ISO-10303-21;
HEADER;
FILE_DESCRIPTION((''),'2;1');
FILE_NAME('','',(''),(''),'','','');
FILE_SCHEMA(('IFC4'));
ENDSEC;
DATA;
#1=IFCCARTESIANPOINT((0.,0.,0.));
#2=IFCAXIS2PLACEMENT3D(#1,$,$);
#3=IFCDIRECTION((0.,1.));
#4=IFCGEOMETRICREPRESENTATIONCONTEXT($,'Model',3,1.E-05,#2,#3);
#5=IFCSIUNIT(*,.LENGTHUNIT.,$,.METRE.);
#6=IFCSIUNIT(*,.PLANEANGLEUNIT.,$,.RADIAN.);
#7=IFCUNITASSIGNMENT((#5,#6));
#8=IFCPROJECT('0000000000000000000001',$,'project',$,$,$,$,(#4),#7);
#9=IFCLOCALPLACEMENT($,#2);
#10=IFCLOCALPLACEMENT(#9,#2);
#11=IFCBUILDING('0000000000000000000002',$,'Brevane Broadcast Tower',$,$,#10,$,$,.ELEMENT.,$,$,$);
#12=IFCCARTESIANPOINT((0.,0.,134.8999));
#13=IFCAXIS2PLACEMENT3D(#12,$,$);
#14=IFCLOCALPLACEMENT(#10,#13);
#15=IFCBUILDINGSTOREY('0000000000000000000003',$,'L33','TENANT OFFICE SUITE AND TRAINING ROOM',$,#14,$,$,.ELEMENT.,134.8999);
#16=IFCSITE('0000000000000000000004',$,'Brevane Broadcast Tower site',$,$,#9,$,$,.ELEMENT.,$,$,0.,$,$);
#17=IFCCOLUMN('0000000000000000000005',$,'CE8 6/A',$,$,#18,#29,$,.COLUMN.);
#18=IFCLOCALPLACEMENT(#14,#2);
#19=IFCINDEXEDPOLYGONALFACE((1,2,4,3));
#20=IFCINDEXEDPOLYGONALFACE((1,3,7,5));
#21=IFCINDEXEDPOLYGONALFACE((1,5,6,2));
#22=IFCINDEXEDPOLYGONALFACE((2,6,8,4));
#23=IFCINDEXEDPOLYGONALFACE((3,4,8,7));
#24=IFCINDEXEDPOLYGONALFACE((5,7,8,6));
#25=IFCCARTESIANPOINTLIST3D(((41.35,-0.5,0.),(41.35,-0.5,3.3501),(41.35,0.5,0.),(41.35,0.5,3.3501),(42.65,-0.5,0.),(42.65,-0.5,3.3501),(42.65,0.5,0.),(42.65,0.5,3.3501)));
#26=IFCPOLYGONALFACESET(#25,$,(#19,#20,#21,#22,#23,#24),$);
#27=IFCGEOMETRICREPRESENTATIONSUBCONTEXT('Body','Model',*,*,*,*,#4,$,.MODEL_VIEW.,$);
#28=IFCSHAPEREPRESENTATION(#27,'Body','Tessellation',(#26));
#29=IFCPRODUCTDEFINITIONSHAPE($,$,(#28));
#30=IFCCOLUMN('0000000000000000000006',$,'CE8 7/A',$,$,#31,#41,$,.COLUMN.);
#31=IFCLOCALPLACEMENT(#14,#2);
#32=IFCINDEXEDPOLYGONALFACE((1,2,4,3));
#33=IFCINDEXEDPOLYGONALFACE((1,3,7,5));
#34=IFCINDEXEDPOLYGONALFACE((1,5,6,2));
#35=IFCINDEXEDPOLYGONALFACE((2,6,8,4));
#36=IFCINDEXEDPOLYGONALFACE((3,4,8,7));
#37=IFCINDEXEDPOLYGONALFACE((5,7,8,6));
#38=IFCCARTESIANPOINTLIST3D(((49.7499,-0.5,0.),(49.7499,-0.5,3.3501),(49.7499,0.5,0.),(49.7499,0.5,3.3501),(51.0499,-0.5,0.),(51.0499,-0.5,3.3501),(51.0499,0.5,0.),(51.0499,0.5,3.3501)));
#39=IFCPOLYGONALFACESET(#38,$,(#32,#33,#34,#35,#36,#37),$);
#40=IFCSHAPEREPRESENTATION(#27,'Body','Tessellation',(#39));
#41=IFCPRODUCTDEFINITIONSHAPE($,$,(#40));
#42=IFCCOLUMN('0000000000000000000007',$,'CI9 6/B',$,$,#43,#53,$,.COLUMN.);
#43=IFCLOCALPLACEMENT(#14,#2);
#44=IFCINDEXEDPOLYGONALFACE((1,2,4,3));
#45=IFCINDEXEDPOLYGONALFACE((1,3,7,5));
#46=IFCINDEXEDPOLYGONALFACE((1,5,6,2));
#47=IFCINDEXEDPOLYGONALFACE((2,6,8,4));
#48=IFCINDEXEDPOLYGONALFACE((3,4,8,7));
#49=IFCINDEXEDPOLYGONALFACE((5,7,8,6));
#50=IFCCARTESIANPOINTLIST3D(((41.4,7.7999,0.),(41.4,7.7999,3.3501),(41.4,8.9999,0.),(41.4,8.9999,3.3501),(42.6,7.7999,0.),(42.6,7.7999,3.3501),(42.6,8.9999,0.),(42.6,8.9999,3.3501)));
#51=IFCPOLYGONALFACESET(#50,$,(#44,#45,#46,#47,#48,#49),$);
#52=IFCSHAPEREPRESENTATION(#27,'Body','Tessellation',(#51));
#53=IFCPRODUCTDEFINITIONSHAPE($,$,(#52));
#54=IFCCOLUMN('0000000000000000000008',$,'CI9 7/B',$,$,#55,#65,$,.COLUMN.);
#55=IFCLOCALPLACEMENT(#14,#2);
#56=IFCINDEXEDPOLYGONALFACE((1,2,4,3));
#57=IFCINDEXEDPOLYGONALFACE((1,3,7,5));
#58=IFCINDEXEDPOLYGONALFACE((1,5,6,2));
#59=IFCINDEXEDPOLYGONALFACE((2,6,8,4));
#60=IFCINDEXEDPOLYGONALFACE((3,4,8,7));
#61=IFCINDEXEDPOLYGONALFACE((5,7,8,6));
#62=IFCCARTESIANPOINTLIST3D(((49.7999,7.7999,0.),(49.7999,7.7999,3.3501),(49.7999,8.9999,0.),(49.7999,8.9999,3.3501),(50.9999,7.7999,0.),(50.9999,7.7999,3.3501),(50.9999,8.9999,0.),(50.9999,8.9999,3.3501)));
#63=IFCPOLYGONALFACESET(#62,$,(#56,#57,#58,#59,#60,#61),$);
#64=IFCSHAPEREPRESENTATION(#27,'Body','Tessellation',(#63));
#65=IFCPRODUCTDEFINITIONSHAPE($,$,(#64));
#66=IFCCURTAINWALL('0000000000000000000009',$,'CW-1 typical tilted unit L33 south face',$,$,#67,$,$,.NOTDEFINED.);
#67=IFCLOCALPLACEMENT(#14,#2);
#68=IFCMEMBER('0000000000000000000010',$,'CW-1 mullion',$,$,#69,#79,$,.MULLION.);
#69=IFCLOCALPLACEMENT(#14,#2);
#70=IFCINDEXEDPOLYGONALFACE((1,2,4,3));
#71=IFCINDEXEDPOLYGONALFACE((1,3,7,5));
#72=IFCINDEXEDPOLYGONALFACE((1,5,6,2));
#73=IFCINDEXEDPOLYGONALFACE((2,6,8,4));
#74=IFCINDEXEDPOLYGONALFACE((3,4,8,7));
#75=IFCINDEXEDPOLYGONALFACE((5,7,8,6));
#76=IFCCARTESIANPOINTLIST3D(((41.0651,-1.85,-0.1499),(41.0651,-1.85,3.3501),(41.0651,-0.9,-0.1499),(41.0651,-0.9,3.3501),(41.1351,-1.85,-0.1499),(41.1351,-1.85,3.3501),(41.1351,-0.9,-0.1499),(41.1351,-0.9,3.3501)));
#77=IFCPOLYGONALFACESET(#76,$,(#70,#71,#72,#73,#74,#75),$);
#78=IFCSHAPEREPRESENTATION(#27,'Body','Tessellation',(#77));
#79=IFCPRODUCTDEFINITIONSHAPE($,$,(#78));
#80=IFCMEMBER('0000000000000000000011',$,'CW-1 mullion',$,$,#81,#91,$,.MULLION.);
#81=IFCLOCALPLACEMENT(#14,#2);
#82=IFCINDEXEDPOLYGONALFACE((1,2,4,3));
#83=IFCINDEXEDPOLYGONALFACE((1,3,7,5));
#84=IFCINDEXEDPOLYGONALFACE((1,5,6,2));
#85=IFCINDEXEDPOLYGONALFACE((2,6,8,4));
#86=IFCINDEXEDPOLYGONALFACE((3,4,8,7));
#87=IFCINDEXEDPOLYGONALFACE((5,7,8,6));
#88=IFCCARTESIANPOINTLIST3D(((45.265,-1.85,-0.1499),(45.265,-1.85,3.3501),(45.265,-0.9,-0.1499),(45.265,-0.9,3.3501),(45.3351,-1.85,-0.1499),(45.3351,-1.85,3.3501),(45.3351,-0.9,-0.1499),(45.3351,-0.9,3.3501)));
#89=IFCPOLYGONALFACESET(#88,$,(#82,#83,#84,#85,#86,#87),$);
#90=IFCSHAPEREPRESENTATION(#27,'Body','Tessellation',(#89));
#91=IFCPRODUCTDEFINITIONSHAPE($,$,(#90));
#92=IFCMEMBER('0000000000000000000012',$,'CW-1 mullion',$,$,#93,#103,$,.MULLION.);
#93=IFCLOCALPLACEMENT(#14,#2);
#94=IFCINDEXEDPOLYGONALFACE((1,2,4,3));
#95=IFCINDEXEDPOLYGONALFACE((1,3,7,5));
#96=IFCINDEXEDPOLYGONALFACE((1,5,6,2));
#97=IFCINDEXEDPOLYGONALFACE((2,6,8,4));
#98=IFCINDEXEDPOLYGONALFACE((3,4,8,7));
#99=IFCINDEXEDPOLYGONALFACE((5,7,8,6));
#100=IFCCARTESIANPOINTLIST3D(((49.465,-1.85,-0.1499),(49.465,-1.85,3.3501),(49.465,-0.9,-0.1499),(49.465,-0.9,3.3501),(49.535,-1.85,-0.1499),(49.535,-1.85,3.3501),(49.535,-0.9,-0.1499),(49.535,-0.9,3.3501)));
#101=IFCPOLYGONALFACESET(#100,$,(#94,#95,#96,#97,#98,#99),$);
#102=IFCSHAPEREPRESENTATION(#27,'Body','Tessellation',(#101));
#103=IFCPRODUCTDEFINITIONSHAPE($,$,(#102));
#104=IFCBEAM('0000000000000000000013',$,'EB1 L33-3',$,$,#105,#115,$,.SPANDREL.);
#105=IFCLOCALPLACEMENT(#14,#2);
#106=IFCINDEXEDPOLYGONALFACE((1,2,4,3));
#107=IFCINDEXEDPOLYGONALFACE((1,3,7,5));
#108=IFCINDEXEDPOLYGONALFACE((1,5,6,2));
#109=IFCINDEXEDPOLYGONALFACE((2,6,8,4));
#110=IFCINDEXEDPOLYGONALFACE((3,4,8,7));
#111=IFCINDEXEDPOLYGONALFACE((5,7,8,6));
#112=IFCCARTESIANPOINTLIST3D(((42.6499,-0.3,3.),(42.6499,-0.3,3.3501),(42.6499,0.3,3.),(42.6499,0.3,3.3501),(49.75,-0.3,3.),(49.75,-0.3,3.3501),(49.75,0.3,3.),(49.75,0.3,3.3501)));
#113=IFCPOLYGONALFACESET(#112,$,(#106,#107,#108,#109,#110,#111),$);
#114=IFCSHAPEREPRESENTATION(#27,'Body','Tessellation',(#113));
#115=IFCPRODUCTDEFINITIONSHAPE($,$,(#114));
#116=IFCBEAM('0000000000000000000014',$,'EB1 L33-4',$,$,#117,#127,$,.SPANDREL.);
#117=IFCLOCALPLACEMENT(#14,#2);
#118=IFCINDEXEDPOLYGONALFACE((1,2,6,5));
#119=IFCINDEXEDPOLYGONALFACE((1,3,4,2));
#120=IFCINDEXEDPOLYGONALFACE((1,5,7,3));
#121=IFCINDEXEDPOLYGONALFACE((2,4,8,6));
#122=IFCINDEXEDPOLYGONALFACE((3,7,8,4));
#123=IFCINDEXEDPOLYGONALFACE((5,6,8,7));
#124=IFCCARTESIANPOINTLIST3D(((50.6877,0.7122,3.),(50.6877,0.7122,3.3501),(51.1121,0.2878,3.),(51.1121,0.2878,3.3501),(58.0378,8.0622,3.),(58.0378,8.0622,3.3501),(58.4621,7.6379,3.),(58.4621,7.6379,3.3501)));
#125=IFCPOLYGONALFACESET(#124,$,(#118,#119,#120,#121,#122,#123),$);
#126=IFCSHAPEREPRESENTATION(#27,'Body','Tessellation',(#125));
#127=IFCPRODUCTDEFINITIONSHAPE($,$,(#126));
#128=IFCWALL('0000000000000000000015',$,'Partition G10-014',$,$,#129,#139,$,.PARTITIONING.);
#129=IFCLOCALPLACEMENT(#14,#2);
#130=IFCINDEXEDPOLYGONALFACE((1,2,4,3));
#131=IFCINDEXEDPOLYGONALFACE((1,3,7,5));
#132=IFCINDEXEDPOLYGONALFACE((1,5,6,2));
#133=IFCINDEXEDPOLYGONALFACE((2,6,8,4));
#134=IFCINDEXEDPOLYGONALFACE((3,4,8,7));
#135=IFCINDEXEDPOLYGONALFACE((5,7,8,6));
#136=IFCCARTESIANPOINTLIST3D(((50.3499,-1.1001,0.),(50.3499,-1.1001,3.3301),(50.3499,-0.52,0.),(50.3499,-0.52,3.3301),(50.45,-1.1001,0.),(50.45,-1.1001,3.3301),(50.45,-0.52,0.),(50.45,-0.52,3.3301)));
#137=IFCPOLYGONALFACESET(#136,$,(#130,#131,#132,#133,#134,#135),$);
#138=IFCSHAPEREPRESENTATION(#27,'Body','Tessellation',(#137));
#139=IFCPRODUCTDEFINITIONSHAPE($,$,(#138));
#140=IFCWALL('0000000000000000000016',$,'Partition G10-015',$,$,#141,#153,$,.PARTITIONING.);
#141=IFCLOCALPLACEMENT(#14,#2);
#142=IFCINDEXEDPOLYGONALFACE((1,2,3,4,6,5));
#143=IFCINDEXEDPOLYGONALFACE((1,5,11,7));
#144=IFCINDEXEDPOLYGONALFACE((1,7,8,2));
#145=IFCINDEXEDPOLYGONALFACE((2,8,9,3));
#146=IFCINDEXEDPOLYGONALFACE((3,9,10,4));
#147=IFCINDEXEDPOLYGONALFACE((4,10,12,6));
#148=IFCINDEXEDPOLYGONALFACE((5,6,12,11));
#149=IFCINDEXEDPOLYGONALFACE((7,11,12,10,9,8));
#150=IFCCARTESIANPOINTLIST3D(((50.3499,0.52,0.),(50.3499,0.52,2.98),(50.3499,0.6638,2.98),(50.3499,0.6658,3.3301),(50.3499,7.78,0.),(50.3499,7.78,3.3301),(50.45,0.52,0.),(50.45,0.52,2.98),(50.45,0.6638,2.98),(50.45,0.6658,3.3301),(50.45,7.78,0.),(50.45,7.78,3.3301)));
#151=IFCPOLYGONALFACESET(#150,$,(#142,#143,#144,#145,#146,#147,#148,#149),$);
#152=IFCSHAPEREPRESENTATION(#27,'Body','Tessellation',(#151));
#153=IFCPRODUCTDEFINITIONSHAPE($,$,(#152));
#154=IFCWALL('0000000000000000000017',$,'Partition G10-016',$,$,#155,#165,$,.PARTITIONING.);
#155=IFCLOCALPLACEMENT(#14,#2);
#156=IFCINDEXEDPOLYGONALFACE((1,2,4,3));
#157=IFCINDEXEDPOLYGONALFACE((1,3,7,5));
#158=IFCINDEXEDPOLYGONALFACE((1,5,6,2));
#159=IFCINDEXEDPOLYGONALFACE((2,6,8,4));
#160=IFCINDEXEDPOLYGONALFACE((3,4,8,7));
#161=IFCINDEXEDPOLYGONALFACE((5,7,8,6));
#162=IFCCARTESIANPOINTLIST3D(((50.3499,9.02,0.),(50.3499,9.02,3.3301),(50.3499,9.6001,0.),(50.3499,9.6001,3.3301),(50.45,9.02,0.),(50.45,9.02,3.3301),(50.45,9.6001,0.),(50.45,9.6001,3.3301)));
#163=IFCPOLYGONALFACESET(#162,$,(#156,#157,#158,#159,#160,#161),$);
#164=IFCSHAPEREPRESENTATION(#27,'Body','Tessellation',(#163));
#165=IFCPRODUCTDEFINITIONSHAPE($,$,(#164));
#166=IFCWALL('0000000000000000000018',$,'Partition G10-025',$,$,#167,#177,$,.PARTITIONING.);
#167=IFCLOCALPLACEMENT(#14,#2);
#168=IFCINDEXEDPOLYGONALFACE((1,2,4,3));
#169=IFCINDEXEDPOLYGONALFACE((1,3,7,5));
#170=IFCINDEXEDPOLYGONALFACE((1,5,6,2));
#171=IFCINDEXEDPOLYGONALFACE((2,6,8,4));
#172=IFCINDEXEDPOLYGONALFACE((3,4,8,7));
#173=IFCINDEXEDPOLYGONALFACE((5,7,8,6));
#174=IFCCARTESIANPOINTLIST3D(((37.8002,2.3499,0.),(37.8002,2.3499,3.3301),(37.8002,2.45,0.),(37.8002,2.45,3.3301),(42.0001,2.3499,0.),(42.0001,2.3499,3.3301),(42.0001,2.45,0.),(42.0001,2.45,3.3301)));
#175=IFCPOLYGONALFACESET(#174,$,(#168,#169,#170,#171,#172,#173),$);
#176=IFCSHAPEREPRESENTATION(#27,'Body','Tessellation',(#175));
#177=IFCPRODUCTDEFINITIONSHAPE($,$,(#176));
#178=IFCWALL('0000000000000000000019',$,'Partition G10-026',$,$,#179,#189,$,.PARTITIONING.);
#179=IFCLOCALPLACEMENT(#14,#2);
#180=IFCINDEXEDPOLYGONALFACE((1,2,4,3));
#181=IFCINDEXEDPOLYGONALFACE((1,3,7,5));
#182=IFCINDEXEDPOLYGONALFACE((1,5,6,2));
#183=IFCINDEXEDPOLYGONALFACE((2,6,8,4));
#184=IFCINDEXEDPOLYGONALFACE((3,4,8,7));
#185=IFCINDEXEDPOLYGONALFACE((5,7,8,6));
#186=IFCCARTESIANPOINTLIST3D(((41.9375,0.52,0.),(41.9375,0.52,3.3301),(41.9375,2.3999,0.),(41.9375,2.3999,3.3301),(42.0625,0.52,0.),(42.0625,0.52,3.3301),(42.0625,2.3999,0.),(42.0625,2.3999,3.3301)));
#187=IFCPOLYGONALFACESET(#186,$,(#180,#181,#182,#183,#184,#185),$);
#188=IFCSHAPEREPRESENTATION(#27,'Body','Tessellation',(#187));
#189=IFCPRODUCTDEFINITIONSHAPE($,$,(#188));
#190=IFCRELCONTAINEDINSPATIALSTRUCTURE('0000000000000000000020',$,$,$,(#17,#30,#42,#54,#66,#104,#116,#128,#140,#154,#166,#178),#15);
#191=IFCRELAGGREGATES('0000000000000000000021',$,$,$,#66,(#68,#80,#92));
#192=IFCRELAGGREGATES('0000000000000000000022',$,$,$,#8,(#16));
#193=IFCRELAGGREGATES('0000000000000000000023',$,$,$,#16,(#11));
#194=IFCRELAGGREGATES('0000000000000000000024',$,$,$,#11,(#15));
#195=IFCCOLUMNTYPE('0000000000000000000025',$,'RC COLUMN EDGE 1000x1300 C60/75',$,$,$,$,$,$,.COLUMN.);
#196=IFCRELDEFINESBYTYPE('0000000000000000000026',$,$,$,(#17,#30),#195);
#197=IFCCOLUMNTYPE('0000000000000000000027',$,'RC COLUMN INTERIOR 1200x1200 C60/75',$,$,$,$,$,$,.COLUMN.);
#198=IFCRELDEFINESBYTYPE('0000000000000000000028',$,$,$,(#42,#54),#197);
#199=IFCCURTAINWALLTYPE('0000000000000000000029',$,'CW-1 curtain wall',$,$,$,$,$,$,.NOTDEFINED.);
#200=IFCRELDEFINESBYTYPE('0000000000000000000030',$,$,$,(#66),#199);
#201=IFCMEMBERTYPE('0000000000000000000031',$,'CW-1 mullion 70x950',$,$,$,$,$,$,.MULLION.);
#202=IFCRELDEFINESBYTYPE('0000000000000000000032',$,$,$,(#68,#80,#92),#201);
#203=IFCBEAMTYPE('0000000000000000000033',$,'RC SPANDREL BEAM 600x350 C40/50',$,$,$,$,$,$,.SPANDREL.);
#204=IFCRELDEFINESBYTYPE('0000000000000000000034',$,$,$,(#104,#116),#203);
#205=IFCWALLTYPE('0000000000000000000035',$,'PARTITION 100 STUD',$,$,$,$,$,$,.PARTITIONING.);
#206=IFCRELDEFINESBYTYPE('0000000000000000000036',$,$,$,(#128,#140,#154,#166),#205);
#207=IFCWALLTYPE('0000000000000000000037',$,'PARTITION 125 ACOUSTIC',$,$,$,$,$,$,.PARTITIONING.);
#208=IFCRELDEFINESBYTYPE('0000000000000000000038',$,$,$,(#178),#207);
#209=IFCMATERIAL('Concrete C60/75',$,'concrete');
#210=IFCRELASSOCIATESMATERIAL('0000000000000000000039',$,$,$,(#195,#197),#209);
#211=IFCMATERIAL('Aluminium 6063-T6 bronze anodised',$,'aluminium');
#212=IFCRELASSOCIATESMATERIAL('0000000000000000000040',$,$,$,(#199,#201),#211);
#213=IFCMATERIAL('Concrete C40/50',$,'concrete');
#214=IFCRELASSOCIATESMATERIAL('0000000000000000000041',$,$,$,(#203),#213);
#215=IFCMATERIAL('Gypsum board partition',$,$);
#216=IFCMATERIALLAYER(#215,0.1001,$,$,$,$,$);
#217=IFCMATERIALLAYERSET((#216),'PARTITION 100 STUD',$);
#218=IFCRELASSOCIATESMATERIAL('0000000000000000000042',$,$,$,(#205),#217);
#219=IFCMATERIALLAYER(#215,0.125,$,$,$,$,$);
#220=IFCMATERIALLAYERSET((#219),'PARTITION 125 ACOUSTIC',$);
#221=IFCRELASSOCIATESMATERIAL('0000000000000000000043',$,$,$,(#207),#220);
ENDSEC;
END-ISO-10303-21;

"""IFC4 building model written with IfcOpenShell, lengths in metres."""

from ifc_helpers import new_model, si_unit, direction, frame, frame_2d, origin, origin_2d, place, context, subcontext, project, spatial, polyline, rectangle, outline, extrude, material, layer, layer_set, material_profile, profile_set, type_object, element, aggregate, save


model = new_model("IFC4")

# Units and contexts
model_context = context("Model", 3, precision=1e-05, world=origin(), true_north=direction((0.0, 1.0)))
body_context = subcontext(model_context, "Body", "Model", "MODEL_VIEW")
ifc_project = project(units=[si_unit("LENGTHUNIT", "METRE"), si_unit("PLANEANGLEUNIT", "RADIAN")], contexts=[model_context])

# Site, building, storey
site_placement = place(None, origin())
site = spatial("IfcSite", under=ifc_project, at=site_placement, Name="Brevane Broadcast Tower site", CompositionType="ELEMENT", RefElevation=0.0)
building_placement = place(site_placement, origin())
building = spatial("IfcBuilding", under=site, at=building_placement, Name="Brevane Broadcast Tower", CompositionType="ELEMENT")
storey_placement = place(building_placement, frame((0.0, 0.0, 134.8999)))
storey = spatial("IfcBuildingStorey", under=building, at=storey_placement, Name="L33", Description="TENANT OFFICE SUITE AND TRAINING ROOM", CompositionType="ELEMENT", Elevation=134.8999)

# Columns
ifc_material_1 = material(Name="Concrete C60/75", Category="concrete")
ifc_material_profile_1 = material_profile(ifc_material_1, rectangle(XDim=1.0, YDim=1.3, at=origin_2d()), Name="RC 1000x1300")
ifc_profile_set_1 = profile_set([ifc_material_profile_1], Name="Concrete C60/75")
column_type_1 = type_object("IfcColumnType", Name="RC COLUMN EDGE 1000x1300 C60/75", PredefinedType="COLUMN", material=ifc_profile_set_1)
for number, where, z_axis, x_axis, name in (
    (1, (42.0, 0.0, 0.0), (0.0, 0.0, 1.0), (0.0, 1.0, 0.0), "CE8 6/A"),
    (2, (50.3999, 0.0, 0.0), (0.0, 0.0, 1.0), (0.0, 1.0, 0.0), "CE8 7/A"),
):
    element("IfcColumn", number, at=place(storey_placement, frame(where, z_axis=z_axis, x_axis=x_axis)), inside=storey, type_object=column_type_1, Name=name, PredefinedType="COLUMN", context=body_context, shape_type="SweptSolid", body=[
        extrude(rectangle(XDim=1.0, YDim=1.3, at=origin_2d()), origin(), (0.0, 0.0, 1.0), 3.3501),
    ])
ifc_material_profile_2 = material_profile(ifc_material_1, rectangle(XDim=1.2, YDim=1.2, at=origin_2d()), Name="RC 1200x1200")
ifc_profile_set_2 = profile_set([ifc_material_profile_2], Name="Concrete C60/75")
column_type_2 = type_object("IfcColumnType", Name="RC COLUMN INTERIOR 1200x1200 C60/75", PredefinedType="COLUMN", material=ifc_profile_set_2)
for number, where, z_axis, x_axis, name in (
    (3, (42.0, 8.3999, 0.0), (0.0, 0.0, 1.0), (1.0, 0.0, 0.0), "CI9 6/B"),
    (4, (50.3999, 8.3999, 0.0), (0.0, 0.0, 1.0), (1.0, 0.0, 0.0), "CI9 7/B"),
):
    element("IfcColumn", number, at=place(storey_placement, frame(where, z_axis=z_axis, x_axis=x_axis)), inside=storey, type_object=column_type_2, Name=name, PredefinedType="COLUMN", context=body_context, shape_type="SweptSolid", body=[
        extrude(rectangle(XDim=1.2, YDim=1.2, at=origin_2d()), origin(), (0.0, 0.0, 1.0), 3.3501),
    ])

# Curtain wall, members
ifc_material_2 = material(Name="Aluminium 6063-T6 bronze anodised", Category="aluminium")
curtain_wall_type = type_object("IfcCurtainWallType", Name="CW-1 curtain wall", PredefinedType="NOTDEFINED", material=ifc_material_2)
curtain_wall_placement = place(storey_placement, origin())
curtain_wall = element("IfcCurtainWall", 5, at=curtain_wall_placement, inside=storey, type_object=curtain_wall_type, Name="CW-1 typical tilted unit L33 south face", PredefinedType="NOTDEFINED")
ifc_material_profile_3 = material_profile(ifc_material_2, rectangle(XDim=0.95, YDim=0.0701, at=origin_2d()), Name="RECT 70x950")
ifc_profile_set_3 = profile_set([ifc_material_profile_3], Name="Aluminium 6063-T6 bronze anodised")
member_type = type_object("IfcMemberType", Name="CW-1 mullion 70x950", PredefinedType="MULLION", material=ifc_profile_set_3)
member_1_placement = place(storey_placement, frame((41.1001, -1.375, -0.1499), z_axis=(0.0, 0.0, 1.0), x_axis=(0.0, 1.0, 0.0)))
member_1 = element("IfcMember", 6, at=member_1_placement, type_object=member_type, Name="CW-1 mullion", PredefinedType="MULLION", context=body_context, shape_type="SweptSolid", body=[
    extrude(rectangle(XDim=0.95, YDim=0.0701, at=origin_2d()), origin(), (0.0, 0.0, 1.0), 3.5),
])
member_2_placement = place(storey_placement, frame((45.3, -1.375, -0.1499), z_axis=(0.0, 0.0, 1.0), x_axis=(0.0, 1.0, 0.0)))
member_2 = element("IfcMember", 7, at=member_2_placement, type_object=member_type, Name="CW-1 mullion", PredefinedType="MULLION", context=body_context, shape_type="SweptSolid", body=[
    extrude(rectangle(XDim=0.95, YDim=0.0701, at=origin_2d()), origin(), (0.0, 0.0, 1.0), 3.5),
])
member_3_placement = place(storey_placement, frame((49.5, -1.375, -0.1499), z_axis=(0.0, 0.0, 1.0), x_axis=(0.0, 1.0, 0.0)))
member_3 = element("IfcMember", 8, at=member_3_placement, type_object=member_type, Name="CW-1 mullion", PredefinedType="MULLION", context=body_context, shape_type="SweptSolid", body=[
    extrude(rectangle(XDim=0.95, YDim=0.0701, at=origin_2d()), origin(), (0.0, 0.0, 1.0), 3.5),
])
aggregate(curtain_wall, [member_1, member_2, member_3])

# Beams
ifc_material_3 = material(Name="Concrete C40/50", Category="concrete")
ifc_material_profile_4 = material_profile(ifc_material_3, rectangle(XDim=0.6001, YDim=0.3501, at=origin_2d()), Name="RC 600x350")
ifc_profile_set_4 = profile_set([ifc_material_profile_4], Name="Concrete C40/50")
beam_type = type_object("IfcBeamType", Name="RC SPANDREL BEAM 600x350 C40/50", PredefinedType="SPANDREL", material=ifc_profile_set_4)
beam_1_placement = place(storey_placement, frame((42.6499, 0.0, 3.175), z_axis=(1.0, 0.0, 0.0), x_axis=(0.0, 1.0, 0.0)))
element("IfcBeam", 9, at=beam_1_placement, inside=storey, type_object=beam_type, Name="EB1 L33-3", PredefinedType="SPANDREL", context=body_context, shape_type="SweptSolid", body=[
    extrude(rectangle(XDim=0.6001, YDim=0.3501, at=origin_2d()), origin(), (0.0, 0.0, 1.0), 7.1001),
])
beam_2_placement = place(storey_placement, frame((50.8999, 0.5, 3.175), z_axis=(0.707107, 0.707107, 0.0), x_axis=(-0.707107, 0.707107, 0.0)))
element("IfcBeam", 10, at=beam_2_placement, inside=storey, type_object=beam_type, Name="EB1 L33-4", PredefinedType="SPANDREL", context=body_context, shape_type="SweptSolid", body=[
    extrude(rectangle(XDim=0.6001, YDim=0.3501, at=origin_2d()), origin(), (0.0, 0.0, 1.0), 10.3945),
])

# Walls
ifc_material_4 = material(Name="Gypsum board partition")
ifc_layer_1 = layer(ifc_material_4, 0.1001)
ifc_layer_set_1 = layer_set([ifc_layer_1], Name="PARTITION 100 STUD")
wall_type_1 = type_object("IfcWallType", Name="PARTITION 100 STUD", PredefinedType="PARTITIONING", material=ifc_layer_set_1)
wall_1_placement = place(storey_placement, frame((50.3999, -1.1001, 0.0), z_axis=(0.0, 0.0, 1.0), x_axis=(0.0, 1.0, 0.0)))
element("IfcWall", 11, at=wall_1_placement, inside=storey, type_object=wall_type_1, Name="Partition G10-014", PredefinedType="PARTITIONING", context=body_context, shape_type="SweptSolid", body=[
    extrude(rectangle(XDim=0.5801, YDim=0.1001, at=frame_2d((0.29, 0.0))), origin(), (0.0, 0.0, 1.0), 3.3301),
])
wall_2_placement = place(storey_placement, frame((50.3999, 0.52, 0.0), z_axis=(0.0, 0.0, 1.0), x_axis=(0.0, 1.0, 0.0)))
element("IfcWall", 12, at=wall_2_placement, inside=storey, type_object=wall_type_1, Name="Partition G10-015", PredefinedType="PARTITIONING", context=body_context, shape_type="SweptSolid", body=[
    extrude(outline(polyline([(0.0, 0.0), (7.26, 0.0), (7.26, 3.3301), (0.1458, 3.3301), (0.1438, 2.98), (0.0, 2.98), (0.0, 0.0)])), frame((0.0, 0.05, 0.0), z_axis=(0.0, -1.0, 0.0), x_axis=(1.0, 0.0, 0.0)), (0.0, 0.0, 1.0), 0.1001),
])
wall_3_placement = place(storey_placement, frame((50.3999, 9.02, 0.0), z_axis=(0.0, 0.0, 1.0), x_axis=(0.0, 1.0, 0.0)))
element("IfcWall", 13, at=wall_3_placement, inside=storey, type_object=wall_type_1, Name="Partition G10-016", PredefinedType="PARTITIONING", context=body_context, shape_type="SweptSolid", body=[
    extrude(rectangle(XDim=0.5801, YDim=0.1001, at=frame_2d((0.29, 0.0))), origin(), (0.0, 0.0, 1.0), 3.3301),
])
wall_4_placement = place(storey_placement, frame((37.8, 2.3999, 0.0), z_axis=(0.0, 0.0, 1.0), x_axis=(1.0, 0.0, 0.0)))
element("IfcWall", 14, at=wall_4_placement, inside=storey, type_object=wall_type_1, Name="Partition G10-025", PredefinedType="PARTITIONING", context=body_context, shape_type="SweptSolid", body=[
    extrude(rectangle(XDim=4.2, YDim=0.1001, at=frame_2d((2.1001, 0.0))), origin(), (0.0, 0.0, 1.0), 3.3301),
])
ifc_layer_2 = layer(ifc_material_4, 0.125)
ifc_layer_set_2 = layer_set([ifc_layer_2], Name="PARTITION 125 ACOUSTIC")
wall_type_2 = type_object("IfcWallType", Name="PARTITION 125 ACOUSTIC", PredefinedType="PARTITIONING", material=ifc_layer_set_2)
wall_5_placement = place(storey_placement, frame((42.0, 2.3999, 0.0), z_axis=(0.0, 0.0, 1.0), x_axis=(0.0, -1.0, 0.0)))
element("IfcWall", 15, at=wall_5_placement, inside=storey, type_object=wall_type_2, Name="Partition G10-026", PredefinedType="PARTITIONING", context=body_context, shape_type="SweptSolid", body=[
    extrude(rectangle(XDim=1.8799, YDim=0.125, at=frame_2d((0.9399, 0.0))), origin(), (0.0, 0.0, 1.0), 3.3301),
])

save(model, "model.ifc")
